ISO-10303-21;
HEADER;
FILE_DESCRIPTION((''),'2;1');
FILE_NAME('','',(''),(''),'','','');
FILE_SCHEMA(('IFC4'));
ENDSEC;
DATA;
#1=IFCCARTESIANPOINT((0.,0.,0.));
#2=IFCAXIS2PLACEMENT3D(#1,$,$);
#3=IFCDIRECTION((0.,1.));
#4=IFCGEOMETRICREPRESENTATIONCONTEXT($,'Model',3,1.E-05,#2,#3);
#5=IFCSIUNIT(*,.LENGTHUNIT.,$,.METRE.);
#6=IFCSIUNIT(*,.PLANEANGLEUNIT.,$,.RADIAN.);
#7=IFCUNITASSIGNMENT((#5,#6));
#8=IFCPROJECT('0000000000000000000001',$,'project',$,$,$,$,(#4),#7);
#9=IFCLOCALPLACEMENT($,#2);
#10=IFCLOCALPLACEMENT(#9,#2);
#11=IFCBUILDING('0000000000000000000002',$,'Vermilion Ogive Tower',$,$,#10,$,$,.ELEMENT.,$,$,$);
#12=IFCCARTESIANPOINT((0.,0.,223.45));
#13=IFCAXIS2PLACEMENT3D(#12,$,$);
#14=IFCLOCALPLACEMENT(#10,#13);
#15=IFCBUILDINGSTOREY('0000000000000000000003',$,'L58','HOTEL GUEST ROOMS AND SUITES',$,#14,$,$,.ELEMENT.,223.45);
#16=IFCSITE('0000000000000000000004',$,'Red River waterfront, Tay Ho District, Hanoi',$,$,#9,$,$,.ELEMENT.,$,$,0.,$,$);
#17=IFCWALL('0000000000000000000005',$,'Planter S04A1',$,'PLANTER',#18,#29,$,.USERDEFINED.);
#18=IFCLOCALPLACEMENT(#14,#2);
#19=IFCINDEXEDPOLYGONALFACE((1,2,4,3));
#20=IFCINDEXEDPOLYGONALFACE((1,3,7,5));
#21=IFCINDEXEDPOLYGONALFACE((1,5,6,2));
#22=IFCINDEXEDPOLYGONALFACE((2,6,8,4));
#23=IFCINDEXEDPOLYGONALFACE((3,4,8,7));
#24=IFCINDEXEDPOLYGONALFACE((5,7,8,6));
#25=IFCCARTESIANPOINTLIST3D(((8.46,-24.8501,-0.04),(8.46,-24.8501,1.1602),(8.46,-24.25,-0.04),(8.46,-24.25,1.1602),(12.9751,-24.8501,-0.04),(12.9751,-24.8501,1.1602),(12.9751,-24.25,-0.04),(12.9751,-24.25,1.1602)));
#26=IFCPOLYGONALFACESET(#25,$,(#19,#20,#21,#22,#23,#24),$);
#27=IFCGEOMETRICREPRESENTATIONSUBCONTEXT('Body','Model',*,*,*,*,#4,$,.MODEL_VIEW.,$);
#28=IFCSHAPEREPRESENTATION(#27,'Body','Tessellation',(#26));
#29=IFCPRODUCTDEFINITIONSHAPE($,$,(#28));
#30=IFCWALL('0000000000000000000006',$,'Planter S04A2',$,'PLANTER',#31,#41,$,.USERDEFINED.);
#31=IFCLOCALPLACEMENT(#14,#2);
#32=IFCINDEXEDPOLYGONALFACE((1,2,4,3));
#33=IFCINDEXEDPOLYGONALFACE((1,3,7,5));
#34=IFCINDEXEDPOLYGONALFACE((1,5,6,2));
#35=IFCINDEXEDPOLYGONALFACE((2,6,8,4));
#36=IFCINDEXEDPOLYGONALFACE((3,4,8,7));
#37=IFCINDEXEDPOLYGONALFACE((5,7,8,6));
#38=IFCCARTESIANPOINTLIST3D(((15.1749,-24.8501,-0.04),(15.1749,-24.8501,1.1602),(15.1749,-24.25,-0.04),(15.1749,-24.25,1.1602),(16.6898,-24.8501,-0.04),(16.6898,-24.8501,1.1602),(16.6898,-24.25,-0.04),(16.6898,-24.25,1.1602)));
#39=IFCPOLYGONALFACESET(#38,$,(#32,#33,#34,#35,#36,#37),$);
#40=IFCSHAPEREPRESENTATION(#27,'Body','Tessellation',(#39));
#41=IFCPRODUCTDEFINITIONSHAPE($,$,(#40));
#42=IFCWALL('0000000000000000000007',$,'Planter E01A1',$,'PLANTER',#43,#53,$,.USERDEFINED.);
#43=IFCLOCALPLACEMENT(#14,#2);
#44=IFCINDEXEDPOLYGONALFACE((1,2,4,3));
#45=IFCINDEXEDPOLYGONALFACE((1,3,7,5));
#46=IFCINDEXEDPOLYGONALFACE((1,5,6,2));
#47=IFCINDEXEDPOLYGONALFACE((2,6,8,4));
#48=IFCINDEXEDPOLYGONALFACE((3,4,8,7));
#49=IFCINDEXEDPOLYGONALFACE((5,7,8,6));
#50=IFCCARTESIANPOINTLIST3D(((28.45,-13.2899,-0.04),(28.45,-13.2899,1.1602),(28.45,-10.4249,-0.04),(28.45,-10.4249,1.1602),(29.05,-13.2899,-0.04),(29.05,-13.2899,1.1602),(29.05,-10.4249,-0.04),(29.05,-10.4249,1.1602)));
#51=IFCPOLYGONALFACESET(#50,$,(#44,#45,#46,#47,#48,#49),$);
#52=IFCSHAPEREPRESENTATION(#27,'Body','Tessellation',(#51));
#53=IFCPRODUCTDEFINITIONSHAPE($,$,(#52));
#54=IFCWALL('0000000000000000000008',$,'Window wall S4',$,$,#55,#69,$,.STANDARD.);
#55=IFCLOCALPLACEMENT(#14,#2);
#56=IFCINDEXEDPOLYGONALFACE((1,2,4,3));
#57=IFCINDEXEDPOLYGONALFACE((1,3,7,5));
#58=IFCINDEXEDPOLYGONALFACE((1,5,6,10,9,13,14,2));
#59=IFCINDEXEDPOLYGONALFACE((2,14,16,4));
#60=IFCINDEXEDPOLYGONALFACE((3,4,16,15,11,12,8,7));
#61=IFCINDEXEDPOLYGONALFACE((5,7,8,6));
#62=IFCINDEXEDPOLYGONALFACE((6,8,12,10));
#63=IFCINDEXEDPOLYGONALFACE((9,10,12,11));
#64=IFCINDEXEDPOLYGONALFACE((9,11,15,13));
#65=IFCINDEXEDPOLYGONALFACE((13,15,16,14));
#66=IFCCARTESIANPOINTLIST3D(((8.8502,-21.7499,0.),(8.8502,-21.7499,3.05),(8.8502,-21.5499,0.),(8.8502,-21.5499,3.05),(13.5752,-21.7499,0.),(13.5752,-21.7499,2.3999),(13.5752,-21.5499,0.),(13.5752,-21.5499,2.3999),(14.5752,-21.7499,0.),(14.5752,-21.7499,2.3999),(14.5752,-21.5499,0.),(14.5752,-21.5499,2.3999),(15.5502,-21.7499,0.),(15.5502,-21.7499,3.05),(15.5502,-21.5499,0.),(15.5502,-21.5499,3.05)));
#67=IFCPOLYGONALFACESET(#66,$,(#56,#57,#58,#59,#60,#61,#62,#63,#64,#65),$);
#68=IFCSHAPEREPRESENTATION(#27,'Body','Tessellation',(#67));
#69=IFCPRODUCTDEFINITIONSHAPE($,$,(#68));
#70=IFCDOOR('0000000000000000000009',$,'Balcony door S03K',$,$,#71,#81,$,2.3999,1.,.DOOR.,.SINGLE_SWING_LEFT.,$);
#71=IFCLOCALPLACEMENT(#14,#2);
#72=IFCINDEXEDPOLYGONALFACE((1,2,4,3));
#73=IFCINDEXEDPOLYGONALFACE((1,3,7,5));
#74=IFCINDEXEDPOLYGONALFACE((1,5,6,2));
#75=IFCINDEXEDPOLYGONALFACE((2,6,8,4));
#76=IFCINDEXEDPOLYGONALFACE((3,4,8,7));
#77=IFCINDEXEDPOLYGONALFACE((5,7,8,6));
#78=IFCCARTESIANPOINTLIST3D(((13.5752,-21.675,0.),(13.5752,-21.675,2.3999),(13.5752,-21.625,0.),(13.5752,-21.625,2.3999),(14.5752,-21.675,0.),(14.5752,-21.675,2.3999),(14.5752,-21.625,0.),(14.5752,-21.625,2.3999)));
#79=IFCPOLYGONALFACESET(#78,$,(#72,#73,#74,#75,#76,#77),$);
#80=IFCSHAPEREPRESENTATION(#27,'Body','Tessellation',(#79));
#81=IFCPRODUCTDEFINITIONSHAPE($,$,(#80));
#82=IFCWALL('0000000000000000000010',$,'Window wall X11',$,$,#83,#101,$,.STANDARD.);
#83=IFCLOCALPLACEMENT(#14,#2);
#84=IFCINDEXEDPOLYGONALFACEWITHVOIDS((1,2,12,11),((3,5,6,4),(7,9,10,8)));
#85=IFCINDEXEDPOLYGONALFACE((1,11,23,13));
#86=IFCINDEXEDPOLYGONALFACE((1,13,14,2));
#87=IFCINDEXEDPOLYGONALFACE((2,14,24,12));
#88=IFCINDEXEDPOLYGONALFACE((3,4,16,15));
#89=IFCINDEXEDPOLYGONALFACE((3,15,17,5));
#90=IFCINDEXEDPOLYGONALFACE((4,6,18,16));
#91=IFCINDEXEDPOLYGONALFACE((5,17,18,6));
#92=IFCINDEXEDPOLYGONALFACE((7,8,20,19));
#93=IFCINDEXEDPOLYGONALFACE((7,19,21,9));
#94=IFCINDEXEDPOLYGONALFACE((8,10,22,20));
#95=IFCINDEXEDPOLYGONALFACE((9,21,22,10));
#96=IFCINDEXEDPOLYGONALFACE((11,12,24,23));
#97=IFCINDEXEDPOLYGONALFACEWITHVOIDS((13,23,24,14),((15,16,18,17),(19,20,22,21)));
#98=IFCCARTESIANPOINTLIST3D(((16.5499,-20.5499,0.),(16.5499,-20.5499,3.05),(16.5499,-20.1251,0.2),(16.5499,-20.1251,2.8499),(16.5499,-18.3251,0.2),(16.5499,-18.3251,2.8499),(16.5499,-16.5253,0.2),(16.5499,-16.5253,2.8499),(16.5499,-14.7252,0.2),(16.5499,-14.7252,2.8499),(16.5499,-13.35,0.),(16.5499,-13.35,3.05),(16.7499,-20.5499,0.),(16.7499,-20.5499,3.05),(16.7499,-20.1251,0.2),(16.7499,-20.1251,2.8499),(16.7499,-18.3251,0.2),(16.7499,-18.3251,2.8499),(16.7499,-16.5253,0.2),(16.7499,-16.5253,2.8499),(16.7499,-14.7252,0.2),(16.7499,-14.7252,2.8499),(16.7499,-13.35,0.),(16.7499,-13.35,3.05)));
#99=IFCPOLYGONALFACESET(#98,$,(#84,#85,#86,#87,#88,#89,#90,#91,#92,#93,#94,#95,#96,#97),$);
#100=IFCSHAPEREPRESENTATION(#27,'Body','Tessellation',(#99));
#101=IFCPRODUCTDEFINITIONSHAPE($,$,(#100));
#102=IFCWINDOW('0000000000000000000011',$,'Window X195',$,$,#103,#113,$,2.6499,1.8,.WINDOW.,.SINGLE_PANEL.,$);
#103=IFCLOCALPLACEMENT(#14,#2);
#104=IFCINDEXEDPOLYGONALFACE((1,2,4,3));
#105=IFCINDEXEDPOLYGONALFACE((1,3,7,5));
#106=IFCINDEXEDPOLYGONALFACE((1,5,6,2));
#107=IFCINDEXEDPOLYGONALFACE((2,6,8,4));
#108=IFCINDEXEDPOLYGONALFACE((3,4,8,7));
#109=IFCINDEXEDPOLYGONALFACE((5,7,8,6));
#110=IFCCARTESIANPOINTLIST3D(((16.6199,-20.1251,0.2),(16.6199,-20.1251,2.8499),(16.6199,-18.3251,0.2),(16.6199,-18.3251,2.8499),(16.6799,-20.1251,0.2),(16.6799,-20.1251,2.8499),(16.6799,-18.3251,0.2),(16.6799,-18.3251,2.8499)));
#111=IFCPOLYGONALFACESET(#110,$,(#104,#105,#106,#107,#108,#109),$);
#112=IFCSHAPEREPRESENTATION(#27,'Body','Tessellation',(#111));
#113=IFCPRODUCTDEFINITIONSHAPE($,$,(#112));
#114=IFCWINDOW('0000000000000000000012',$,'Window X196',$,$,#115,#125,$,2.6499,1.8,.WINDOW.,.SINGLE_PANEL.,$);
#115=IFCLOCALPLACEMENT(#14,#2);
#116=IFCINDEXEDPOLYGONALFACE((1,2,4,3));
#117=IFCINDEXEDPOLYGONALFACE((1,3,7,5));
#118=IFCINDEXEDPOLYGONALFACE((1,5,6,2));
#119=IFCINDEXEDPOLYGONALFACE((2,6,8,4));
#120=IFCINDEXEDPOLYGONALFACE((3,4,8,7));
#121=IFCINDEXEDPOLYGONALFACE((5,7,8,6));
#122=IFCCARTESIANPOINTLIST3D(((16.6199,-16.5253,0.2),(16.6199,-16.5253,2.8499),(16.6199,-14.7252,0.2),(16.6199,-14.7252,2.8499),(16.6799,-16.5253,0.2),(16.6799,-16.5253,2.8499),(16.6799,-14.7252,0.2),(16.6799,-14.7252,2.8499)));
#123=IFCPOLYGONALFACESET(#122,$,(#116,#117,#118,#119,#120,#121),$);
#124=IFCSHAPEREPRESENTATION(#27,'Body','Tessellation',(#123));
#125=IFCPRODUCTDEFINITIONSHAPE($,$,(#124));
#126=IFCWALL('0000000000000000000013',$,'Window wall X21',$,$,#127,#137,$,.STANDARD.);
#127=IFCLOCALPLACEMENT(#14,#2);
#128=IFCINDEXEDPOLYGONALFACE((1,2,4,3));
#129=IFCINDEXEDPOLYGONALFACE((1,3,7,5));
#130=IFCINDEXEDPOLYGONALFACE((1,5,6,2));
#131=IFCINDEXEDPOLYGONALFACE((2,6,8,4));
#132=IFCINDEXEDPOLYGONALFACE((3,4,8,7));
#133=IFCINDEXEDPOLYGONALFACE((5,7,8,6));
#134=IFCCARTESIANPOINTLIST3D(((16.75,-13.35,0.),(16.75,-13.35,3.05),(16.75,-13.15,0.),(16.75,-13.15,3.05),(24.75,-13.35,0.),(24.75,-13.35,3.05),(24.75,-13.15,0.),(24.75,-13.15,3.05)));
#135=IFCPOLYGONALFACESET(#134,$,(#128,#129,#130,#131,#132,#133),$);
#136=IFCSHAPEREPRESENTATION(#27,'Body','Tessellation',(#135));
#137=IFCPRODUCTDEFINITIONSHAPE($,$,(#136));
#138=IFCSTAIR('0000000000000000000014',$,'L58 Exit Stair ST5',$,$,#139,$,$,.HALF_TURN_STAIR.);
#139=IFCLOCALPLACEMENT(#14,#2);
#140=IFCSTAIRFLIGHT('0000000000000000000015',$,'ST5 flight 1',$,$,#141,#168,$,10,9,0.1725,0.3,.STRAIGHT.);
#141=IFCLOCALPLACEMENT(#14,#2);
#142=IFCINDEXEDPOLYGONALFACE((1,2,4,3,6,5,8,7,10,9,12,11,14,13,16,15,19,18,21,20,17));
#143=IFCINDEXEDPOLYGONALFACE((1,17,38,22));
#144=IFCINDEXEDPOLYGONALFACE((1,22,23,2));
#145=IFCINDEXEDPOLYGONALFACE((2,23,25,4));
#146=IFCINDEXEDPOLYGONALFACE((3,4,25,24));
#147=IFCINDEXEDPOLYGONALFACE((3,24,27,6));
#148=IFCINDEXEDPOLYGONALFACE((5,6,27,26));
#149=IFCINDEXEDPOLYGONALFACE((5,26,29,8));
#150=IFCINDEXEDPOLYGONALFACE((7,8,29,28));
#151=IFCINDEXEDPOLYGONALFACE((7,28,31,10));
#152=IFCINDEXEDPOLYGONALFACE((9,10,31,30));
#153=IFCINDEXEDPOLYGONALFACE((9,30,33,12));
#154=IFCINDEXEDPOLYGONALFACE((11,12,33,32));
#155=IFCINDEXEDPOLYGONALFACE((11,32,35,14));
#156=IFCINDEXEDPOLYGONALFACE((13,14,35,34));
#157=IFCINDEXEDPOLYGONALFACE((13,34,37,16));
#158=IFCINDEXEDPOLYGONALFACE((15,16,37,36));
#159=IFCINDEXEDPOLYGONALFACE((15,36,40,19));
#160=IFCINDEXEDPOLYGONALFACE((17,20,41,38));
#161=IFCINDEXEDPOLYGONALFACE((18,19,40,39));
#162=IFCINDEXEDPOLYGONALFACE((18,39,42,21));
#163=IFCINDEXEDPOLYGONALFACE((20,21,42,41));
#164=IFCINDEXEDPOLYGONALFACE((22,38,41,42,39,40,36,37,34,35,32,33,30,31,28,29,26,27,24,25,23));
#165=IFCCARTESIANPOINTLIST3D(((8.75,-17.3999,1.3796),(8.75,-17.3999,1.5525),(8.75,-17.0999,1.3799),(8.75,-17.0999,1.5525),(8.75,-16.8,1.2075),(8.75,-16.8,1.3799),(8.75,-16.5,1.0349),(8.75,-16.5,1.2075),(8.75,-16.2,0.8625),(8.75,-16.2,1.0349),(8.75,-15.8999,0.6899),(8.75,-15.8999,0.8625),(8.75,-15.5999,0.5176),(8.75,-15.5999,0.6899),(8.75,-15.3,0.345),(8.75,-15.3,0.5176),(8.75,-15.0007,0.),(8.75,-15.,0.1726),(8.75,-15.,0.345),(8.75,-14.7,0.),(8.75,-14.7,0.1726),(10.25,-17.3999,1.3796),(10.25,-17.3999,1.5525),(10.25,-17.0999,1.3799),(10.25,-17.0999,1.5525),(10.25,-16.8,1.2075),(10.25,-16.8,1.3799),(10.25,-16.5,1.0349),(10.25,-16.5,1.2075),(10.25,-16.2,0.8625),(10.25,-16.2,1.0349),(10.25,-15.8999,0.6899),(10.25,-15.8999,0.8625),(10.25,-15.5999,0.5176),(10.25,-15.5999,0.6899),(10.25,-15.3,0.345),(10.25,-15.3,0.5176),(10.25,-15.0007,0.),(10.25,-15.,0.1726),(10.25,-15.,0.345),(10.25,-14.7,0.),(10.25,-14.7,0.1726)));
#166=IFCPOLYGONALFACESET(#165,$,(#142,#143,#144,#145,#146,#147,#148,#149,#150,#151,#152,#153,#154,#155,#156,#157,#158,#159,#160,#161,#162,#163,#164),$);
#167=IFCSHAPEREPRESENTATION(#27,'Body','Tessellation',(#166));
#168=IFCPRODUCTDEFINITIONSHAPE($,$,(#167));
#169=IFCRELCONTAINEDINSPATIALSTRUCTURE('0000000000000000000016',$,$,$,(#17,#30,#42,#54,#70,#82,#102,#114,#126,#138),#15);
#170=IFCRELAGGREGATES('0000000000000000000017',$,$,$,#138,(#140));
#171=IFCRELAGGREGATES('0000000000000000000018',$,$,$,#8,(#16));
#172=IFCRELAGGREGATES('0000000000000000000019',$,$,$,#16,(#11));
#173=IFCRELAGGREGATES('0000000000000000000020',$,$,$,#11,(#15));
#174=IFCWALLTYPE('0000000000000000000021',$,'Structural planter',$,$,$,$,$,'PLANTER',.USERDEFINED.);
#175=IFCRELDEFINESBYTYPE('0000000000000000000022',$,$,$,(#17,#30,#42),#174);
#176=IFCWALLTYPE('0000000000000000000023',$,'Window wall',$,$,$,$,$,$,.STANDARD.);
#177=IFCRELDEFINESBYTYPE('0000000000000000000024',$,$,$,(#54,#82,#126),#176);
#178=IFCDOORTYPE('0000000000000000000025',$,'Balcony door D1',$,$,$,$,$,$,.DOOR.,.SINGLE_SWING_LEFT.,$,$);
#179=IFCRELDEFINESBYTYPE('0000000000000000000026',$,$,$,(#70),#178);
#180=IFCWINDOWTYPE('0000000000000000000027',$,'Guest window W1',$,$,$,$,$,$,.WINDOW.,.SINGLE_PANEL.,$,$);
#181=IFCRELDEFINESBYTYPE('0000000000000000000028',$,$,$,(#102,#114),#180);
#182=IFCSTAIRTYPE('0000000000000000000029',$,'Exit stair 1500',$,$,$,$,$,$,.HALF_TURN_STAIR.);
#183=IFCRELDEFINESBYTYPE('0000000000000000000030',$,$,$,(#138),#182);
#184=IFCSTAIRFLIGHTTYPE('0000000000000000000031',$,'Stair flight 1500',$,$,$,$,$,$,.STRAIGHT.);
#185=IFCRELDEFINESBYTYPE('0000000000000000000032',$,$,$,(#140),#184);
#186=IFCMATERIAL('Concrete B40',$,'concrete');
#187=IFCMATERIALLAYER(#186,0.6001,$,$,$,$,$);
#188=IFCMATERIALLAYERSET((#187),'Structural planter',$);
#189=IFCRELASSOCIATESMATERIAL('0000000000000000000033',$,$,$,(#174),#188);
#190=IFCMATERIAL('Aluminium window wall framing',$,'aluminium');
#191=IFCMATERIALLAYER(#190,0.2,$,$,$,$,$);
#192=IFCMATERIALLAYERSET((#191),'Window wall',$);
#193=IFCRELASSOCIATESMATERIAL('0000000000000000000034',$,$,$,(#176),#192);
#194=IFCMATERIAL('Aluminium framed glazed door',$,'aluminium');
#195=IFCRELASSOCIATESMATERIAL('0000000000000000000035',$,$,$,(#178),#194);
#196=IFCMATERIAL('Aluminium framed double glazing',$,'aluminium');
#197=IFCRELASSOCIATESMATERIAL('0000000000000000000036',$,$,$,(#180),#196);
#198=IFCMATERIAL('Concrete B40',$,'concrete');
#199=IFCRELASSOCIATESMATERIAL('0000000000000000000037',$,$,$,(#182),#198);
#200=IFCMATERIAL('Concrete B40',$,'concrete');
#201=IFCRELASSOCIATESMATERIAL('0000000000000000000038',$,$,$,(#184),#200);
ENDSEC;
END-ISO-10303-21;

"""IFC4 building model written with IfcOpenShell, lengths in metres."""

from ifc_helpers import new_model, si_unit, direction, frame, frame_2d, origin, place, context, subcontext, project, spatial, polyline, rectangle, outline, extrude, material, layer, layer_set, type_object, element, fill, aggregate, save


model = new_model("IFC4")

# Units and contexts
model_context = context("Model", 3, precision=1e-05, world=origin(), true_north=direction((0.0, 1.0)))
body_context = subcontext(model_context, "Body", "Model", "MODEL_VIEW")
ifc_project = project(units=[si_unit("LENGTHUNIT", "METRE"), si_unit("PLANEANGLEUNIT", "RADIAN")], contexts=[model_context])

# Site, building, storey
site_placement = place(None, origin())
site = spatial("IfcSite", under=ifc_project, at=site_placement, Name="Red River waterfront, Tay Ho District, Hanoi", CompositionType="ELEMENT", RefElevation=0.0)
building_placement = place(site_placement, origin())
building = spatial("IfcBuilding", under=site, at=building_placement, Name="Vermilion Ogive Tower", CompositionType="ELEMENT")
storey_placement = place(building_placement, frame((0.0, 0.0, 223.45)))
storey = spatial("IfcBuildingStorey", under=building, at=storey_placement, Name="L58", Description="HOTEL GUEST ROOMS AND SUITES", CompositionType="ELEMENT", Elevation=223.45)

# Walls
ifc_material_1 = material(Name="Concrete B40", Category="concrete")
ifc_layer_1 = layer(ifc_material_1, 0.6001)
ifc_layer_set_1 = layer_set([ifc_layer_1], Name="Structural planter")
wall_type_1 = type_object("IfcWallType", Name="Structural planter", ElementType="PLANTER", PredefinedType="USERDEFINED", material=ifc_layer_set_1)
wall_1_placement = place(storey_placement, frame((8.46, -24.55, -0.04), z_axis=(0.0, 0.0, 1.0), x_axis=(1.0, 0.0, 0.0)))
element("IfcWall", 1, at=wall_1_placement, inside=storey, type_object=wall_type_1, Name="Planter S04A1", ObjectType="PLANTER", PredefinedType="USERDEFINED", context=body_context, shape_type="SweptSolid", body=[
    extrude(rectangle(XDim=4.5151, YDim=0.6001, at=frame_2d((2.2576, 0.0))), origin(), (0.0, 0.0, 1.0), 1.2002),
])
wall_2_placement = place(storey_placement, frame((15.175, -24.55, -0.04), z_axis=(0.0, 0.0, 1.0), x_axis=(1.0, 0.0, 0.0)))
element("IfcWall", 2, at=wall_2_placement, inside=storey, type_object=wall_type_1, Name="Planter S04A2", ObjectType="PLANTER", PredefinedType="USERDEFINED", context=body_context, shape_type="SweptSolid", body=[
    extrude(rectangle(XDim=1.5149, YDim=0.6001, at=frame_2d((0.7573, 0.0))), origin(), (0.0, 0.0, 1.0), 1.2002),
])
wall_3_placement = place(storey_placement, frame((28.75, -13.29, -0.04), z_axis=(0.0, 0.0, 1.0), x_axis=(0.0, 1.0, 0.0)))
element("IfcWall", 3, at=wall_3_placement, inside=storey, type_object=wall_type_1, Name="Planter E01A1", ObjectType="PLANTER", PredefinedType="USERDEFINED", context=body_context, shape_type="SweptSolid", body=[
    extrude(rectangle(XDim=2.865, YDim=0.6001, at=frame_2d((1.4326, 0.0))), origin(), (0.0, 0.0, 1.0), 1.2002),
])

# Wall, opening, door
ifc_material_2 = material(Name="Aluminium window wall framing", Category="aluminium")
ifc_layer_2 = layer(ifc_material_2, 0.2)
ifc_layer_set_2 = layer_set([ifc_layer_2], Name="Window wall")
wall_type_2 = type_object("IfcWallType", Name="Window wall", PredefinedType="STANDARD", material=ifc_layer_set_2)
wall_4_placement = place(storey_placement, frame((8.8501, -21.6499, 0.0), z_axis=(0.0, 0.0, 1.0), x_axis=(1.0, 0.0, 0.0)))
wall_4 = element("IfcWall", 4, at=wall_4_placement, inside=storey, type_object=wall_type_2, Name="Window wall S4", PredefinedType="STANDARD", context=body_context, shape_type="SweptSolid", body=[
    extrude(rectangle(XDim=6.7, YDim=0.2, at=frame_2d((3.3501, 0.0))), origin(), (0.0, 0.0, 1.0), 3.05),
])
opening_1_placement = place(wall_4_placement, frame((4.7251, 0.0, 0.0)))
opening_1 = element("IfcOpeningElement", 5, at=opening_1_placement, cuts=wall_4, PredefinedType="OPENING", context=body_context, shape_type="SweptSolid", body=[
    extrude(rectangle(XDim=1.0, YDim=2.3999, at=frame_2d((0.5, 1.2))), frame((0.0, 0.1099, 0.0), z_axis=(0.0, -1.0, 0.0), x_axis=(1.0, 0.0, 0.0)), (0.0, 0.0, 1.0), 0.22),
])
ifc_material_3 = material(Name="Aluminium framed glazed door", Category="aluminium")
door_type_1 = type_object("IfcDoorType", Name="Balcony door D1", OperationType="SINGLE_SWING_LEFT", PredefinedType="DOOR", material=ifc_material_3)
door_1_placement = place(opening_1_placement, origin())
door_1 = element("IfcDoor", 6, at=door_1_placement, inside=storey, type_object=door_type_1, Name="Balcony door S03K", OperationType="SINGLE_SWING_LEFT", OverallHeight=2.3999, OverallWidth=1.0, PredefinedType="DOOR", context=body_context, shape_type="SweptSolid", body=[
    extrude(rectangle(XDim=1.0, YDim=2.3999, at=frame_2d((0.5, 1.2))), frame((0.0, 0.0249, 0.0), z_axis=(0.0, -1.0, 0.0), x_axis=(1.0, 0.0, 0.0)), (0.0, 0.0, 1.0), 0.05),
])
fill(opening_1, door_1)

# Wall, openings, windows
wall_5_placement = place(storey_placement, frame((16.6499, -20.55, 0.0), z_axis=(0.0, 0.0, 1.0), x_axis=(0.0, 1.0, 0.0)))
wall_5 = element("IfcWall", 7, at=wall_5_placement, inside=storey, type_object=wall_type_2, Name="Window wall X11", PredefinedType="STANDARD", context=body_context, shape_type="SweptSolid", body=[
    extrude(rectangle(XDim=7.2, YDim=0.2, at=frame_2d((3.6001, 0.0))), origin(), (0.0, 0.0, 1.0), 3.05),
])
opening_2_placement = place(wall_5_placement, frame((0.425, 0.0, 0.2)))
opening_2 = element("IfcOpeningElement", 8, at=opening_2_placement, cuts=wall_5, PredefinedType="OPENING", context=body_context, shape_type="SweptSolid", body=[
    extrude(rectangle(XDim=1.8, YDim=2.6499, at=frame_2d((0.8999, 1.325))), frame((0.0, 0.1099, 0.0), z_axis=(0.0, -1.0, 0.0), x_axis=(1.0, 0.0, 0.0)), (0.0, 0.0, 1.0), 0.22),
])
opening_3_placement = place(wall_5_placement, frame((4.0249, 0.0, 0.2)))
opening_3 = element("IfcOpeningElement", 9, at=opening_3_placement, cuts=wall_5, PredefinedType="OPENING", context=body_context, shape_type="SweptSolid", body=[
    extrude(rectangle(XDim=1.8, YDim=2.6499, at=frame_2d((0.8999, 1.325))), frame((0.0, 0.1099, 0.0), z_axis=(0.0, -1.0, 0.0), x_axis=(1.0, 0.0, 0.0)), (0.0, 0.0, 1.0), 0.22),
])
ifc_material_4 = material(Name="Aluminium framed double glazing", Category="aluminium")
window_type = type_object("IfcWindowType", Name="Guest window W1", PartitioningType="SINGLE_PANEL", PredefinedType="WINDOW", material=ifc_material_4)
window_1_placement = place(opening_2_placement, origin())
window_1 = element("IfcWindow", 10, at=window_1_placement, inside=storey, type_object=window_type, Name="Window X195", OverallHeight=2.6499, OverallWidth=1.8, PartitioningType="SINGLE_PANEL", PredefinedType="WINDOW", context=body_context, shape_type="SweptSolid", body=[
    extrude(rectangle(XDim=1.8, YDim=2.6499, at=frame_2d((0.8999, 1.325))), frame((0.0, 0.03, 0.0), z_axis=(0.0, -1.0, 0.0), x_axis=(1.0, 0.0, 0.0)), (0.0, 0.0, 1.0), 0.0601),
])
fill(opening_2, window_1)
window_2_placement = place(opening_3_placement, origin())
window_2 = element("IfcWindow", 11, at=window_2_placement, inside=storey, type_object=window_type, Name="Window X196", OverallHeight=2.6499, OverallWidth=1.8, PartitioningType="SINGLE_PANEL", PredefinedType="WINDOW", context=body_context, shape_type="SweptSolid", body=[
    extrude(rectangle(XDim=1.8, YDim=2.6499, at=frame_2d((0.8999, 1.325))), frame((0.0, 0.03, 0.0), z_axis=(0.0, -1.0, 0.0), x_axis=(1.0, 0.0, 0.0)), (0.0, 0.0, 1.0), 0.0601),
])
fill(opening_3, window_2)

# Wall
wall_6_placement = place(storey_placement, frame((16.75, -13.25, 0.0), z_axis=(0.0, 0.0, 1.0), x_axis=(1.0, 0.0, 0.0)))
element("IfcWall", 12, at=wall_6_placement, inside=storey, type_object=wall_type_2, Name="Window wall X21", PredefinedType="STANDARD", context=body_context, shape_type="SweptSolid", body=[
    extrude(rectangle(XDim=8.0, YDim=0.2, at=frame_2d((4.0, 0.0))), origin(), (0.0, 0.0, 1.0), 3.05),
])

# Stair, stair flight
ifc_material_5 = material(Name="Concrete B40", Category="concrete")
stair_type = type_object("IfcStairType", Name="Exit stair 1500", PredefinedType="HALF_TURN_STAIR", material=ifc_material_5)
stair_placement = place(storey_placement, origin())
stair = element("IfcStair", 13, at=stair_placement, inside=storey, type_object=stair_type, Name="L58 Exit Stair ST5", PredefinedType="HALF_TURN_STAIR")
ifc_material_6 = material(Name="Concrete B40", Category="concrete")
stair_flight_type = type_object("IfcStairFlightType", Name="Stair flight 1500", PredefinedType="STRAIGHT", material=ifc_material_6)
stair_flight_1_placement = place(storey_placement, frame((9.5, -14.7, 0.0), z_axis=(0.0, 0.0, 1.0), x_axis=(0.0, -1.0, 0.0)))
stair_flight_1 = element("IfcStairFlight", 14, at=stair_flight_1_placement, type_object=stair_flight_type, Name="ST5 flight 1", NumberOfRisers=10, NumberOfTreads=9, PredefinedType="STRAIGHT", RiserHeight=0.1725, TreadLength=0.3, context=body_context, shape_type="SweptSolid", body=[
    extrude(outline(polyline([(0.0, 0.0), (0.0, 0.1726), (0.3, 0.1726), (0.3, 0.345), (0.6001, 0.345), (0.6001, 0.5176), (0.8999, 0.5176), (0.8999, 0.6899), (1.2, 0.6899), (1.2, 0.8625), (1.5, 0.8625), (1.5, 1.0349), (1.8, 1.0349), (1.8, 1.2075), (2.1001, 1.2075), (2.1001, 1.3799), (2.3999, 1.3799), (2.3999, 1.5525), (2.7, 1.5525), (2.7, 1.7251), (2.7, 1.3796), (0.3008, 0.0), (0.0, 0.0)])), frame((0.0, 0.75, 0.0), z_axis=(0.0, -1.0, 0.0), x_axis=(1.0, 0.0, 0.0)), (0.0, 0.0, 1.0), 1.5),
])
aggregate(stair, [stair_flight_1])

save(model, "model.ifc")
